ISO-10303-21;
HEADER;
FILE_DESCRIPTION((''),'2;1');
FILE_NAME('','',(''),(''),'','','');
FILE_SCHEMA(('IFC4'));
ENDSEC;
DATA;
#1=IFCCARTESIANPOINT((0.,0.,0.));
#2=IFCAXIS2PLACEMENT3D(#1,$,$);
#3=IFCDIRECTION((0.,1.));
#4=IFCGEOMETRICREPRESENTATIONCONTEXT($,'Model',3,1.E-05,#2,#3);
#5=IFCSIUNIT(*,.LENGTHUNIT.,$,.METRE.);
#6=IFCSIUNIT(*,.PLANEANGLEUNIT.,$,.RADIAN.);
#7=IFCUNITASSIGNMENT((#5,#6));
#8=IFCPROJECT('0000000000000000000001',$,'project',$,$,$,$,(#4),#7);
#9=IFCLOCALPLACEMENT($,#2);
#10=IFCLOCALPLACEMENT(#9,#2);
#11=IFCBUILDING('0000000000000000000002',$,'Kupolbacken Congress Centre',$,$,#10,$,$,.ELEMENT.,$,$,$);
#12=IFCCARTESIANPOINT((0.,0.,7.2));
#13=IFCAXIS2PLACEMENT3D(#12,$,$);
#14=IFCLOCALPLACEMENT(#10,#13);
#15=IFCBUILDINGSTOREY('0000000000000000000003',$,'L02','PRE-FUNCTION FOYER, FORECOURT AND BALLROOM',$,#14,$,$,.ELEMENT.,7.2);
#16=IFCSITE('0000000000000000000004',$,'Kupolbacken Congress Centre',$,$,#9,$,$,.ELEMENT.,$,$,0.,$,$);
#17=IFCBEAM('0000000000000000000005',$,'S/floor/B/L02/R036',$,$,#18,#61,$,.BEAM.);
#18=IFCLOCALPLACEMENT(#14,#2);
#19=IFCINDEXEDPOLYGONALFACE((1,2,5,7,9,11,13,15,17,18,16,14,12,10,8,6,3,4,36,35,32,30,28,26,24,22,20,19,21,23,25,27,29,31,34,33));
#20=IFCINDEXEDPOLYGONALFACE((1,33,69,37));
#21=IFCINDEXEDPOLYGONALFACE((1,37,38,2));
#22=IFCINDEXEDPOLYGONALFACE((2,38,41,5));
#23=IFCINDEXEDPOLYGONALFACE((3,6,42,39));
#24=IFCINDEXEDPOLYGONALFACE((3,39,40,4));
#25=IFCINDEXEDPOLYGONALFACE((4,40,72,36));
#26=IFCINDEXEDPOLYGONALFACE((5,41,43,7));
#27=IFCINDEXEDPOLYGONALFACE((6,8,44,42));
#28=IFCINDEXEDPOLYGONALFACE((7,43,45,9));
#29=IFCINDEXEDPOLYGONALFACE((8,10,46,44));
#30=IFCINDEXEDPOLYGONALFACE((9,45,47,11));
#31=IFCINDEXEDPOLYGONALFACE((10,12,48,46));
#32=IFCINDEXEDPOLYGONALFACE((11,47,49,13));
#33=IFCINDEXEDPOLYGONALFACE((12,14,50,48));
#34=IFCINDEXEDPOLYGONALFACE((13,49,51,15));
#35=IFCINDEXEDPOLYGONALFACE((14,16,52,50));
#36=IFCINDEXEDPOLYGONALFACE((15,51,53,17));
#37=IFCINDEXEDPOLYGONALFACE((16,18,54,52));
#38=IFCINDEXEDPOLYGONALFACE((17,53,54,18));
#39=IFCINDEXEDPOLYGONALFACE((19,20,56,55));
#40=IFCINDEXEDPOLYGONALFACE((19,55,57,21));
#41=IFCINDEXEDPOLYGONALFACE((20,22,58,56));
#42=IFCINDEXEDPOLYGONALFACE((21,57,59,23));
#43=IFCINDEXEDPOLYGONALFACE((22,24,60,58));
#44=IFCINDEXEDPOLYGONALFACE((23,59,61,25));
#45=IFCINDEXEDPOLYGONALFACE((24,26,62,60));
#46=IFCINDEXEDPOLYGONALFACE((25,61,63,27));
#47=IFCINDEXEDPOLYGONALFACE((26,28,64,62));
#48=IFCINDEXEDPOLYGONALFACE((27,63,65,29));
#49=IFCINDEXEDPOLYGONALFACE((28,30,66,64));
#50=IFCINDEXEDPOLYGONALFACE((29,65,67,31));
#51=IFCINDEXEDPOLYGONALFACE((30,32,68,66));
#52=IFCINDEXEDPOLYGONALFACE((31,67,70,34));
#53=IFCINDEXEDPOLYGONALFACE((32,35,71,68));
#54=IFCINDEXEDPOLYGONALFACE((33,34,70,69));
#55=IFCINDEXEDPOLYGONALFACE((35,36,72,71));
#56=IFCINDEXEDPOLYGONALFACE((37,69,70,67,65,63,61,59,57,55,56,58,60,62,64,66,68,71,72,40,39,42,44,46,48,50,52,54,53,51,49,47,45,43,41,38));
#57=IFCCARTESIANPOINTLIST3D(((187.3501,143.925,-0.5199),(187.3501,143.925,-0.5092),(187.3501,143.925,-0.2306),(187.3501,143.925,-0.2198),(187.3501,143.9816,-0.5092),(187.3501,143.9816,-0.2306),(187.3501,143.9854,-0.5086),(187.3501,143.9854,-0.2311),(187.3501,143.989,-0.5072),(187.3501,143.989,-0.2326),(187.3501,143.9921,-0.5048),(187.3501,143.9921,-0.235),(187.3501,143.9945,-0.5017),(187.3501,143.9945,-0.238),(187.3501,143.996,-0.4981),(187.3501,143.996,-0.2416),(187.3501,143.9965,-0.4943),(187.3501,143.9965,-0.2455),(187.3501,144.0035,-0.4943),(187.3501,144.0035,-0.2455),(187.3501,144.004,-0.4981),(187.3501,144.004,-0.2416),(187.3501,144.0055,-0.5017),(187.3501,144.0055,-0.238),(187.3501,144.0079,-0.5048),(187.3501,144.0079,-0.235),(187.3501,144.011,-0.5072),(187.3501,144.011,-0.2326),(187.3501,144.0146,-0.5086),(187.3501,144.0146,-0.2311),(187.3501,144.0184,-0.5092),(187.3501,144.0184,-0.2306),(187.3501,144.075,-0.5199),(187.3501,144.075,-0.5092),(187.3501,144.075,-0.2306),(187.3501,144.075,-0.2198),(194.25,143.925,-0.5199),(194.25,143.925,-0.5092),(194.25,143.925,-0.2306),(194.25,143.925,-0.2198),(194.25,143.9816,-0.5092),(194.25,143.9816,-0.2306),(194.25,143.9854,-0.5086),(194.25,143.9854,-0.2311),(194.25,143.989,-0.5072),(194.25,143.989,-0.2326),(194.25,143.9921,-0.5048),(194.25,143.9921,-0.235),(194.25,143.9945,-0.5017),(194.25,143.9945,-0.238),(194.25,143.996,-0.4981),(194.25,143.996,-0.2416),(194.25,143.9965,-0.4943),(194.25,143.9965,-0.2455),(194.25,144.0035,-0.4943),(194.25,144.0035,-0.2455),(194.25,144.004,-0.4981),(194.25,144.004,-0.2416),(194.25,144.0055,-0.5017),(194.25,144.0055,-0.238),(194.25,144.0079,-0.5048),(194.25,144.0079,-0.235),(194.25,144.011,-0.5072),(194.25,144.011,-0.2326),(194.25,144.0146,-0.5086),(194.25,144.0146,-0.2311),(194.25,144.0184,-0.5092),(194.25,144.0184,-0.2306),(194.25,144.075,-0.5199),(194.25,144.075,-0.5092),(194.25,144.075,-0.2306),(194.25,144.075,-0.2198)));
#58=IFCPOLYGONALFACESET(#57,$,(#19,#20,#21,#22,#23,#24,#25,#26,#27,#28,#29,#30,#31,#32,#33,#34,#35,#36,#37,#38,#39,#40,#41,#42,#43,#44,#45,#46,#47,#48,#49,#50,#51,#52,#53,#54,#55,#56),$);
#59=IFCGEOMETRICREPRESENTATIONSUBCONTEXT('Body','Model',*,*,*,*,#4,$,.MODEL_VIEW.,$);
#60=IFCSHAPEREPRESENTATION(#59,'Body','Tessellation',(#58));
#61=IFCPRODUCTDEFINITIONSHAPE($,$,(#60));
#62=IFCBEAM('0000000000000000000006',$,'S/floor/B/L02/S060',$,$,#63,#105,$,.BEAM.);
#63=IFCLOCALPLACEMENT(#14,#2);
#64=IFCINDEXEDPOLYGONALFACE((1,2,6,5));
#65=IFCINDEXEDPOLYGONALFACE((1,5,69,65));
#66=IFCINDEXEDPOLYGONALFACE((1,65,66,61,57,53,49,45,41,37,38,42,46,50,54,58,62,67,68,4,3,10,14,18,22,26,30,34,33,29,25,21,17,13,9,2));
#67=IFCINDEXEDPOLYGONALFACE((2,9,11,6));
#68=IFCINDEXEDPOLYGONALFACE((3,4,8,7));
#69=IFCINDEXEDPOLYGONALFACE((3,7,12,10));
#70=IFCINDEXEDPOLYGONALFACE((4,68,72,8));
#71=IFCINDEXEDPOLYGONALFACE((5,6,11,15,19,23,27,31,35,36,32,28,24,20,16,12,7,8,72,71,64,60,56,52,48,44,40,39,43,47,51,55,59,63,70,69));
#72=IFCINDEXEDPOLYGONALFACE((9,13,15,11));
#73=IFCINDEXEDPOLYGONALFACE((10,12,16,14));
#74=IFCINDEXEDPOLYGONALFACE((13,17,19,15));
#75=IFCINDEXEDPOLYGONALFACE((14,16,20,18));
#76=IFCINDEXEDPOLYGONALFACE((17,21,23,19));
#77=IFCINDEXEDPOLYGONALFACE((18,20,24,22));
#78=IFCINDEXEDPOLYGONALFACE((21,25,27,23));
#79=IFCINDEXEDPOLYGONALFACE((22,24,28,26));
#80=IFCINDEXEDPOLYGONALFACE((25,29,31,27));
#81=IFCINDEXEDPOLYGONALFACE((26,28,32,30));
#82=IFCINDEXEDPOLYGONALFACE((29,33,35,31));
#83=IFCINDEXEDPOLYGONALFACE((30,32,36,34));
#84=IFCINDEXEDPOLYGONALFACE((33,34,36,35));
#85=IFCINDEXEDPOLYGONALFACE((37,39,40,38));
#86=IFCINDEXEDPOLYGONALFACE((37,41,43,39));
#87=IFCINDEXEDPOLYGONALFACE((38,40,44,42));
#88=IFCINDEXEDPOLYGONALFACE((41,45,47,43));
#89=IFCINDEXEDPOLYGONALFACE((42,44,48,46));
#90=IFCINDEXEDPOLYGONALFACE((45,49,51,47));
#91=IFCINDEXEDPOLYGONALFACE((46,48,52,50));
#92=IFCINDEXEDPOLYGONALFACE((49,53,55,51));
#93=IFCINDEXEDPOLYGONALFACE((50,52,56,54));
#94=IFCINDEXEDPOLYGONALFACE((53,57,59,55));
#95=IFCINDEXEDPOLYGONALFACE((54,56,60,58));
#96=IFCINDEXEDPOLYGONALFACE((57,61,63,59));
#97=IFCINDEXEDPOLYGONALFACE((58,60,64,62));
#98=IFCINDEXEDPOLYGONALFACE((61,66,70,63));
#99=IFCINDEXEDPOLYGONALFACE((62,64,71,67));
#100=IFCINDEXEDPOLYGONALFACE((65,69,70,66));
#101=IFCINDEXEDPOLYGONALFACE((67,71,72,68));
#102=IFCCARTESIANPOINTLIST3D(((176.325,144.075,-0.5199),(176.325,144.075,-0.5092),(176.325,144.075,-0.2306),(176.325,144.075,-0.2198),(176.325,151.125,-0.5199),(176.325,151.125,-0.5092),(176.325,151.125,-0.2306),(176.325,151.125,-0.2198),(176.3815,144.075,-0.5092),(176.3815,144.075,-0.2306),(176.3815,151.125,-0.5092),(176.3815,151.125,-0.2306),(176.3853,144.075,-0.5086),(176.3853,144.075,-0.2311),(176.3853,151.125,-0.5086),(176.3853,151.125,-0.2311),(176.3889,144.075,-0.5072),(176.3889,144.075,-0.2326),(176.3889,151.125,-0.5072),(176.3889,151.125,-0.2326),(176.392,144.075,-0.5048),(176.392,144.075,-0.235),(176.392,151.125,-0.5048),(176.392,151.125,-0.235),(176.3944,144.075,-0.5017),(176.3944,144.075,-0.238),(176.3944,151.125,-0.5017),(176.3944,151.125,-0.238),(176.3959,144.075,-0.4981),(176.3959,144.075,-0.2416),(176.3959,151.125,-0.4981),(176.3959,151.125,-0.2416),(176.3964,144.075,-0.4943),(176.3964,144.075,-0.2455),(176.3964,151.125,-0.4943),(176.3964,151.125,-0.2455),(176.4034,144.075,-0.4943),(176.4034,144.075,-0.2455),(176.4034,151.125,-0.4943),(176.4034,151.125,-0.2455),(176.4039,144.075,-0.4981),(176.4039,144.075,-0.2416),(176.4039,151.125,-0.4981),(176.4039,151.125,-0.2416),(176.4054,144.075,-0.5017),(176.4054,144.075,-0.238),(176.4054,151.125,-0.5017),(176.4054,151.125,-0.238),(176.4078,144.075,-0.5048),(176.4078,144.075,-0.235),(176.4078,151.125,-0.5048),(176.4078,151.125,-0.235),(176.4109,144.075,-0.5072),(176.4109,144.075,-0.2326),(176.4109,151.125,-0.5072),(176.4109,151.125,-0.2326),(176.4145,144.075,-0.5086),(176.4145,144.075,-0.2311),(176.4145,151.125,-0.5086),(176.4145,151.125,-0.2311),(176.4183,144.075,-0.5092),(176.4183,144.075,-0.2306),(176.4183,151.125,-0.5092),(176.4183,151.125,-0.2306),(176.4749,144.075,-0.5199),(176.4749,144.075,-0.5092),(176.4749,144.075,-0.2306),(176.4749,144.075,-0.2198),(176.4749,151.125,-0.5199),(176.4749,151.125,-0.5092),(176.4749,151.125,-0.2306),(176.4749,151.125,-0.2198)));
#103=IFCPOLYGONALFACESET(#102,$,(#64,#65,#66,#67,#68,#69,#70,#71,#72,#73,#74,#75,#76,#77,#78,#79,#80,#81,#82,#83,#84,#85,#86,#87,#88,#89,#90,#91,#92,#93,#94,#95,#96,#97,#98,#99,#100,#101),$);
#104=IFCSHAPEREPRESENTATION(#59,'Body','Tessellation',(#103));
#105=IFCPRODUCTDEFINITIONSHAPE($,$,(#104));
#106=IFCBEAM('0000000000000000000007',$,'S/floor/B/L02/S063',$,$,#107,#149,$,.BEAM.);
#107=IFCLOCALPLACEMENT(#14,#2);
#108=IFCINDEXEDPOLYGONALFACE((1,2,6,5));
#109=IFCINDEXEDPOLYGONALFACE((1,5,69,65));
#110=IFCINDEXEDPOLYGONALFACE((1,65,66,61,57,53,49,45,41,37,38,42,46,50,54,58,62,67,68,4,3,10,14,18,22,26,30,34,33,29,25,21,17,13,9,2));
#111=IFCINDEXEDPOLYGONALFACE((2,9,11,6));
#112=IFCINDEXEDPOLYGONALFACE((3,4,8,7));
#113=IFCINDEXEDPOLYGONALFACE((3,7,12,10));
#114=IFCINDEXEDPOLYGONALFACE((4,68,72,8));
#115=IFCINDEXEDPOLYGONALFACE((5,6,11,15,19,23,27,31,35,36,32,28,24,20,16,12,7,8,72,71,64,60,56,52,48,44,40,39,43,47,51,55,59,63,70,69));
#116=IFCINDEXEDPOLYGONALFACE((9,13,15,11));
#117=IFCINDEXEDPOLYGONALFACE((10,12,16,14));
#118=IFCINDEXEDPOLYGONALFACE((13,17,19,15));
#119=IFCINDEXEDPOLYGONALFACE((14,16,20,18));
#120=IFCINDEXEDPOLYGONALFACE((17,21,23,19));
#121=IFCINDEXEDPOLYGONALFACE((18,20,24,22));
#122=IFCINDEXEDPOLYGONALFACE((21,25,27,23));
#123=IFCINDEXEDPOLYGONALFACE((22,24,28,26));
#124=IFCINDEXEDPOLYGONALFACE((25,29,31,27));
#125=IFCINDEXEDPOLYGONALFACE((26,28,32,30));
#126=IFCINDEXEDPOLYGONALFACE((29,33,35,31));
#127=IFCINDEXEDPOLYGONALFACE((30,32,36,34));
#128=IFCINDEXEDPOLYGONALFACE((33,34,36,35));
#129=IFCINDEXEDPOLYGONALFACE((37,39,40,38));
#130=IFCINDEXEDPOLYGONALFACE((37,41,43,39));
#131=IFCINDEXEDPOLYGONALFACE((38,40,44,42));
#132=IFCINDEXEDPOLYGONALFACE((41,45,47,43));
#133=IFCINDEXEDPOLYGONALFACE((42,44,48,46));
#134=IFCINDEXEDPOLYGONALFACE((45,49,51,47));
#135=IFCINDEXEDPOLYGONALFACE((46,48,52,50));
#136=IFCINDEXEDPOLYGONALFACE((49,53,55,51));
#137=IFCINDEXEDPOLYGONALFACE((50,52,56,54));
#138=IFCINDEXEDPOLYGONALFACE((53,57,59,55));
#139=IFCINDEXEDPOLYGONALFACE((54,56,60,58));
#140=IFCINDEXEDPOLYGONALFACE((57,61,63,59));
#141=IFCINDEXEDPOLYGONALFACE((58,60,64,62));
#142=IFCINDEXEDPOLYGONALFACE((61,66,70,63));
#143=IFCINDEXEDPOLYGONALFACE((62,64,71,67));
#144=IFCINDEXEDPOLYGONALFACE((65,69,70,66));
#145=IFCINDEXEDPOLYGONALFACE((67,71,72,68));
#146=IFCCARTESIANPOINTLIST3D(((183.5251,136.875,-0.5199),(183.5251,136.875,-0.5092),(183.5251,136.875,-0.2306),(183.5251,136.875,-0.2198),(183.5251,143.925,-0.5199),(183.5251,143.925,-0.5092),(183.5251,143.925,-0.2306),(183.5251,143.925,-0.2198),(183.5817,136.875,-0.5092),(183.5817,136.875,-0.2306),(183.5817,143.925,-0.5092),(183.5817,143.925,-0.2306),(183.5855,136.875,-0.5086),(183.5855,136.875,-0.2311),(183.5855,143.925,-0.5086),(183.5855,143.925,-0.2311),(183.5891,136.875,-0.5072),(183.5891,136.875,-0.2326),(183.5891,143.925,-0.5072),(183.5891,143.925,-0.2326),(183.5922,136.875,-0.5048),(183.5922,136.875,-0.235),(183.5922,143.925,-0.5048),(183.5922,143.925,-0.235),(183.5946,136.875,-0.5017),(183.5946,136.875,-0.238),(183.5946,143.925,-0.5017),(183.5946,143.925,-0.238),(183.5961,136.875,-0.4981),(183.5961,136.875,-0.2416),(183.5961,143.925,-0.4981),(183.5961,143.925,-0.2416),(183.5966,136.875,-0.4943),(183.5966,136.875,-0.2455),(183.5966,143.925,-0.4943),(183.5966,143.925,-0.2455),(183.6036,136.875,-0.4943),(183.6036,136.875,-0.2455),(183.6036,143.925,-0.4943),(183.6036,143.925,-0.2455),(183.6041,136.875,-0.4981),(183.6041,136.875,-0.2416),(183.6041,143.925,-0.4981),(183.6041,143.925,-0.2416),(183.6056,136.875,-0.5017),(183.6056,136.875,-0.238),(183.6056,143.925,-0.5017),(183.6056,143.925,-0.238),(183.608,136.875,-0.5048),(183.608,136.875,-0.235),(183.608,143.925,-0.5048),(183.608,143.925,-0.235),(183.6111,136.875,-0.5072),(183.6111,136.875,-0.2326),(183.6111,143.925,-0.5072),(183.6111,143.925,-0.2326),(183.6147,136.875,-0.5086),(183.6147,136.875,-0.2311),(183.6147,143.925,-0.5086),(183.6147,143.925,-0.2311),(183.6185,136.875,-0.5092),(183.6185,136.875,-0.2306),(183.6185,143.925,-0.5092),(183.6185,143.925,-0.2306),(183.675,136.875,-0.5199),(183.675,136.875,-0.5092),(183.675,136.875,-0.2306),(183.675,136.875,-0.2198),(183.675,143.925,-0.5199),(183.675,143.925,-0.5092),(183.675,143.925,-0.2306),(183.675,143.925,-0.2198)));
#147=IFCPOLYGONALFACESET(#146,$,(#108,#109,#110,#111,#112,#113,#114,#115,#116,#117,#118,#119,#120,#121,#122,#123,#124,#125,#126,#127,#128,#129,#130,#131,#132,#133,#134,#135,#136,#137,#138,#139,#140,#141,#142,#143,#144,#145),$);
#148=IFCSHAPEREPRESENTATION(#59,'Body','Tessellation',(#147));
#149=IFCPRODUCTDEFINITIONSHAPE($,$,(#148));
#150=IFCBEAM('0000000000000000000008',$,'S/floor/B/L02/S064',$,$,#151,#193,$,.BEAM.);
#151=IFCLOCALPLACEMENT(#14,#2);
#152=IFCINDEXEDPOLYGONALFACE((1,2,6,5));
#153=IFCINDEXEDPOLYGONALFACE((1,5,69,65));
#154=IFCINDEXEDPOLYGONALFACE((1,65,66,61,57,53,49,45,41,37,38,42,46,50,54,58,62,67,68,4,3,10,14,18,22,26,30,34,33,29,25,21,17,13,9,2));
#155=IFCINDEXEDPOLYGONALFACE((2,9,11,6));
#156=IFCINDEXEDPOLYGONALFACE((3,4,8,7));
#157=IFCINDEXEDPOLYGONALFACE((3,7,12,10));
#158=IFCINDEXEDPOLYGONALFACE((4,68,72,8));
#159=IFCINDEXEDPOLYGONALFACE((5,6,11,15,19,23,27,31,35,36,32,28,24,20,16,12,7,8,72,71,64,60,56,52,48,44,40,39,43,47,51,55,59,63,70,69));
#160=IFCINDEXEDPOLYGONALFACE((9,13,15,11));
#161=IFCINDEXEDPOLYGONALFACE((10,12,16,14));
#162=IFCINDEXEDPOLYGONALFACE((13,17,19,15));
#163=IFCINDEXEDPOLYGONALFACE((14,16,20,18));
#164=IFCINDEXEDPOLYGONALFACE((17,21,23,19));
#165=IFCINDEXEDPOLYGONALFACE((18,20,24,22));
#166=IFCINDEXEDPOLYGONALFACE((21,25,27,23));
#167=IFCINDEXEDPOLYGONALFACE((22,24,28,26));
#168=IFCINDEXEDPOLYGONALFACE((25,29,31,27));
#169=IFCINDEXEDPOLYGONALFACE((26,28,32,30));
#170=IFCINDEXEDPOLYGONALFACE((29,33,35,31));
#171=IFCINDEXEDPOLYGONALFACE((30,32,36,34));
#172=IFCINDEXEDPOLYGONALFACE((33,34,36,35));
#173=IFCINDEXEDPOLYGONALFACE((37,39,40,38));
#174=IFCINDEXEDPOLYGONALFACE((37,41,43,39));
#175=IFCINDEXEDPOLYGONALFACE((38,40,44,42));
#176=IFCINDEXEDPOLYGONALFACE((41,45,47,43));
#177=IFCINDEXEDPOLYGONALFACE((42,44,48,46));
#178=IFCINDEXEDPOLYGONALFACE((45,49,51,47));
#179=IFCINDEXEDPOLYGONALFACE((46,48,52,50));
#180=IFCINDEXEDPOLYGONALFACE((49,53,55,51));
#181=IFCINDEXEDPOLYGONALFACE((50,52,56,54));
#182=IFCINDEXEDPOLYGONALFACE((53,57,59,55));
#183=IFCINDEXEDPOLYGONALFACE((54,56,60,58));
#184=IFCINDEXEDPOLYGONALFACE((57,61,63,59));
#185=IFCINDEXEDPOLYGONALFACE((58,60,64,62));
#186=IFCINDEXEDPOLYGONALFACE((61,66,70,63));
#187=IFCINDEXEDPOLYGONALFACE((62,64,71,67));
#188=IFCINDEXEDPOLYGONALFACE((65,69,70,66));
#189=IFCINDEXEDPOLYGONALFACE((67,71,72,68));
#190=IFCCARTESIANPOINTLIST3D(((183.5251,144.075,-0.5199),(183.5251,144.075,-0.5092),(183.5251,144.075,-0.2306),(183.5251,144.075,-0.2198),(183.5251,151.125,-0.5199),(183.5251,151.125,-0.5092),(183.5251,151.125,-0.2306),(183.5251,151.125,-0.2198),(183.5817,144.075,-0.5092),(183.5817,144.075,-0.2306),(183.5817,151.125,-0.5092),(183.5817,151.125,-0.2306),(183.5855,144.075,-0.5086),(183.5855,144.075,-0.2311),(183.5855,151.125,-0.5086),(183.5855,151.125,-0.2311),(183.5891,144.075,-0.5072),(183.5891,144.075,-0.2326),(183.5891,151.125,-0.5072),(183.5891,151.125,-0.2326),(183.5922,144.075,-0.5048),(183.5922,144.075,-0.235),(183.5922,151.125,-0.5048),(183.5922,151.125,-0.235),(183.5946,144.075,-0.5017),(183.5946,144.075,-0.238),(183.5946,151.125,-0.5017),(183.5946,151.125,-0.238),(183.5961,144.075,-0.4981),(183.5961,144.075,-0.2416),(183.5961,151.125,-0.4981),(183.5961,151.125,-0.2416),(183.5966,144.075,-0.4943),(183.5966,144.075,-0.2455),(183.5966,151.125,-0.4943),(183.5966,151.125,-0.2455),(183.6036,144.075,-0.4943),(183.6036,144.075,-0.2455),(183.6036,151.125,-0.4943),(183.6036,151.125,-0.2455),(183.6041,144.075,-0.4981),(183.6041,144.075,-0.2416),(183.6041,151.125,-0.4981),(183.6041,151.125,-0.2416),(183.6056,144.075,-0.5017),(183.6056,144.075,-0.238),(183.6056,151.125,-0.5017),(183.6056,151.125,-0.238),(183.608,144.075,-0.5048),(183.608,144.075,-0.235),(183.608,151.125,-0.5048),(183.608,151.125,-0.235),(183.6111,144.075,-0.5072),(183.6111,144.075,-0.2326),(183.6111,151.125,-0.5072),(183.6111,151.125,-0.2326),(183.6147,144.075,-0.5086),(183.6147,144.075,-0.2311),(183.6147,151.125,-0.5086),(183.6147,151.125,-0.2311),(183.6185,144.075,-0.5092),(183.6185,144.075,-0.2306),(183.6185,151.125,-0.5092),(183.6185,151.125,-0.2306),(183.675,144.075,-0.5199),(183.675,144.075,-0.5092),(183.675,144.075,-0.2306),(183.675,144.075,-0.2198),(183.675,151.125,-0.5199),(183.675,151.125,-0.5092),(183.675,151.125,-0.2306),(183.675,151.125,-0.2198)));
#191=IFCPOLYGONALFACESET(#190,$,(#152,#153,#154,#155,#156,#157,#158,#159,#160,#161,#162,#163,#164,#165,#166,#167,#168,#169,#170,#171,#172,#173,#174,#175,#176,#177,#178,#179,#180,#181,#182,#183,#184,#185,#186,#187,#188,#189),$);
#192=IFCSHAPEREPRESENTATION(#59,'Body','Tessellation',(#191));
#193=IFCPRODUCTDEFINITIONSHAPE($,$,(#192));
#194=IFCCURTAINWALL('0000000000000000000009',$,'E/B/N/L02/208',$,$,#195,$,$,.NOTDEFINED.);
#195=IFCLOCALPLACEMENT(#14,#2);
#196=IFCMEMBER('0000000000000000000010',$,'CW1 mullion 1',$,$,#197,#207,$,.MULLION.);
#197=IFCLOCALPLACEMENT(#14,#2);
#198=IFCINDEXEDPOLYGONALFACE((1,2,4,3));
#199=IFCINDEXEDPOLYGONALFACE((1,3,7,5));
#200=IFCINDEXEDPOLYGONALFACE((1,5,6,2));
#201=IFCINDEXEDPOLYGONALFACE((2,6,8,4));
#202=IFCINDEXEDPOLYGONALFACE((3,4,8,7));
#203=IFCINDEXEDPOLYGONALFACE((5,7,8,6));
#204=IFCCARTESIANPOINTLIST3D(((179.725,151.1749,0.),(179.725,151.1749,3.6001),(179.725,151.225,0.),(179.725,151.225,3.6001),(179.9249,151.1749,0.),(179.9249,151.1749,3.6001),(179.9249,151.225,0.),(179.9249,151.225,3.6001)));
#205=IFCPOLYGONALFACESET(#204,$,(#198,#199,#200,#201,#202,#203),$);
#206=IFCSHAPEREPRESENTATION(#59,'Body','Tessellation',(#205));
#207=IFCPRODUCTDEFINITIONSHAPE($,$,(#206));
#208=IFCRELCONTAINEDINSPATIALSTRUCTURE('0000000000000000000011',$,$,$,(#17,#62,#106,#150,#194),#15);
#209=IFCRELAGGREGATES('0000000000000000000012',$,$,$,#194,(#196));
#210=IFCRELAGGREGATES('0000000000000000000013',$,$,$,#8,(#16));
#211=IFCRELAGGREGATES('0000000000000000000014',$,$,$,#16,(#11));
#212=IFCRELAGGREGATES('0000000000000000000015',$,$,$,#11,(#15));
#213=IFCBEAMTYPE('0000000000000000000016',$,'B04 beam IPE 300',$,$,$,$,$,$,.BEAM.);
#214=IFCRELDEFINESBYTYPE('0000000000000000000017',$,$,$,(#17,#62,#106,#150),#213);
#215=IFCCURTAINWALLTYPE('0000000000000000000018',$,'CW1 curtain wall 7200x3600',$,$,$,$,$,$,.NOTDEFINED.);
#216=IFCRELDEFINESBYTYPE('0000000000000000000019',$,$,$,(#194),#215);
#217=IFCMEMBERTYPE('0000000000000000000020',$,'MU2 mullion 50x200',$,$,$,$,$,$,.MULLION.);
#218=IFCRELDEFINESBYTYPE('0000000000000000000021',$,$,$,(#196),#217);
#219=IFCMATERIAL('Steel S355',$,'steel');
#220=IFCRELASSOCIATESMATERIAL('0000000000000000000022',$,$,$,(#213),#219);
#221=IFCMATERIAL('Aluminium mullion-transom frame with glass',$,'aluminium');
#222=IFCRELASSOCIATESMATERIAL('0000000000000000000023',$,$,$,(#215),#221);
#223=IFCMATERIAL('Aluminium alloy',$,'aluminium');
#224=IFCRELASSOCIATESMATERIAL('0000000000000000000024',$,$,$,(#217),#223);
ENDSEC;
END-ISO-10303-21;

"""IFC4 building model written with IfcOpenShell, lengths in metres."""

from ifc_helpers import new_model, si_unit, direction, frame, origin, origin_2d, place, context, subcontext, project, spatial, rectangle, i_section, extrude, material, material_profile, profile_set, type_object, element, aggregate, save


model = new_model("IFC4")

# Units and contexts
model_context = context("Model", 3, precision=1e-05, world=origin(), true_north=direction((0.0, 1.0)))
body_context = subcontext(model_context, "Body", "Model", "MODEL_VIEW")
ifc_project = project(units=[si_unit("LENGTHUNIT", "METRE"), si_unit("PLANEANGLEUNIT", "RADIAN")], contexts=[model_context])

# Site, building, storey
site_placement = place(None, origin())
site = spatial("IfcSite", under=ifc_project, at=site_placement, Name="Kupolbacken Congress Centre", CompositionType="ELEMENT", RefElevation=0.0)
building_placement = place(site_placement, origin())
building = spatial("IfcBuilding", under=site, at=building_placement, Name="Kupolbacken Congress Centre", CompositionType="ELEMENT")
storey_placement = place(building_placement, frame((0.0, 0.0, 7.2)))
storey = spatial("IfcBuildingStorey", under=building, at=storey_placement, Name="L02", Description="PRE-FUNCTION FOYER, FORECOURT AND BALLROOM", CompositionType="ELEMENT", Elevation=7.2)

# Beams
ifc_material_1 = material(Name="Steel S355", Category="steel")
ifc_material_profile_1 = material_profile(ifc_material_1, i_section(OverallWidth=0.1499, OverallDepth=0.3, WebThickness=0.0071, FlangeThickness=0.0107, FilletRadius=0.0149, at=origin_2d()), Name="IPE 300")
ifc_profile_set_1 = profile_set([ifc_material_profile_1], Name="Steel S355")
beam_type = type_object("IfcBeamType", Name="B04 beam IPE 300", PredefinedType="BEAM", material=ifc_profile_set_1)
beam_1_placement = place(storey_placement, frame((187.3501, 144.0, -0.3699), z_axis=(1.0, 0.0, 0.0), x_axis=(0.0, 1.0, 0.0)))
element("IfcBeam", 1, at=beam_1_placement, inside=storey, type_object=beam_type, Name="S/floor/B/L02/R036", PredefinedType="BEAM", context=body_context, shape_type="SweptSolid", body=[
    extrude(i_section(OverallWidth=0.1499, OverallDepth=0.3, WebThickness=0.0071, FlangeThickness=0.0107, FilletRadius=0.0149, at=origin_2d()), origin(), (0.0, 0.0, 1.0), 6.8999),
])
for number, where, z_axis, x_axis, name in (
    (2, (176.3999, 144.075, -0.3699), (0.0, 1.0, 0.0), (-1.0, 0.0, 0.0), "S/floor/B/L02/S060"),
    (3, (183.6001, 136.875, -0.3699), (0.0, 1.0, 0.0), (-1.0, 0.0, 0.0), "S/floor/B/L02/S063"),
    (4, (183.6001, 144.075, -0.3699), (0.0, 1.0, 0.0), (-1.0, 0.0, 0.0), "S/floor/B/L02/S064"),
):
    element("IfcBeam", number, at=place(storey_placement, frame(where, z_axis=z_axis, x_axis=x_axis)), inside=storey, type_object=beam_type, Name=name, PredefinedType="BEAM", context=body_context, shape_type="SweptSolid", body=[
        extrude(i_section(OverallWidth=0.1499, OverallDepth=0.3, WebThickness=0.0071, FlangeThickness=0.0107, FilletRadius=0.0149, at=origin_2d()), origin(), (0.0, 0.0, 1.0), 7.05),
    ])

# Curtain wall, member
ifc_material_2 = material(Name="Aluminium mullion-transom frame with glass", Category="aluminium")
curtain_wall_type = type_object("IfcCurtainWallType", Name="CW1 curtain wall 7200x3600", PredefinedType="NOTDEFINED", material=ifc_material_2)
curtain_wall_placement = place(storey_placement, origin())
curtain_wall = element("IfcCurtainWall", 5, at=curtain_wall_placement, inside=storey, type_object=curtain_wall_type, Name="E/B/N/L02/208", PredefinedType="NOTDEFINED")
ifc_material_3 = material(Name="Aluminium alloy", Category="aluminium")
ifc_material_profile_2 = material_profile(ifc_material_3, rectangle(XDim=0.05, YDim=0.2, at=origin_2d()), Name="50 x 200")
ifc_profile_set_2 = profile_set([ifc_material_profile_2], Name="Aluminium alloy")
member_type_1 = type_object("IfcMemberType", Name="MU2 mullion 50x200", PredefinedType="MULLION", material=ifc_profile_set_2)
member_1_placement = place(storey_placement, frame((179.825, 151.2, 0.0), z_axis=(0.0, 0.0, 1.0), x_axis=(0.0, -1.0, 0.0)))
member_1 = element("IfcMember", 6, at=member_1_placement, type_object=member_type_1, Name="CW1 mullion 1", PredefinedType="MULLION", context=body_context, shape_type="SweptSolid", body=[
    extrude(rectangle(XDim=0.05, YDim=0.2, at=origin_2d()), origin(), (0.0, 0.0, 1.0), 3.6001),
])
aggregate(curtain_wall, [member_1])

save(model, "model.ifc")
